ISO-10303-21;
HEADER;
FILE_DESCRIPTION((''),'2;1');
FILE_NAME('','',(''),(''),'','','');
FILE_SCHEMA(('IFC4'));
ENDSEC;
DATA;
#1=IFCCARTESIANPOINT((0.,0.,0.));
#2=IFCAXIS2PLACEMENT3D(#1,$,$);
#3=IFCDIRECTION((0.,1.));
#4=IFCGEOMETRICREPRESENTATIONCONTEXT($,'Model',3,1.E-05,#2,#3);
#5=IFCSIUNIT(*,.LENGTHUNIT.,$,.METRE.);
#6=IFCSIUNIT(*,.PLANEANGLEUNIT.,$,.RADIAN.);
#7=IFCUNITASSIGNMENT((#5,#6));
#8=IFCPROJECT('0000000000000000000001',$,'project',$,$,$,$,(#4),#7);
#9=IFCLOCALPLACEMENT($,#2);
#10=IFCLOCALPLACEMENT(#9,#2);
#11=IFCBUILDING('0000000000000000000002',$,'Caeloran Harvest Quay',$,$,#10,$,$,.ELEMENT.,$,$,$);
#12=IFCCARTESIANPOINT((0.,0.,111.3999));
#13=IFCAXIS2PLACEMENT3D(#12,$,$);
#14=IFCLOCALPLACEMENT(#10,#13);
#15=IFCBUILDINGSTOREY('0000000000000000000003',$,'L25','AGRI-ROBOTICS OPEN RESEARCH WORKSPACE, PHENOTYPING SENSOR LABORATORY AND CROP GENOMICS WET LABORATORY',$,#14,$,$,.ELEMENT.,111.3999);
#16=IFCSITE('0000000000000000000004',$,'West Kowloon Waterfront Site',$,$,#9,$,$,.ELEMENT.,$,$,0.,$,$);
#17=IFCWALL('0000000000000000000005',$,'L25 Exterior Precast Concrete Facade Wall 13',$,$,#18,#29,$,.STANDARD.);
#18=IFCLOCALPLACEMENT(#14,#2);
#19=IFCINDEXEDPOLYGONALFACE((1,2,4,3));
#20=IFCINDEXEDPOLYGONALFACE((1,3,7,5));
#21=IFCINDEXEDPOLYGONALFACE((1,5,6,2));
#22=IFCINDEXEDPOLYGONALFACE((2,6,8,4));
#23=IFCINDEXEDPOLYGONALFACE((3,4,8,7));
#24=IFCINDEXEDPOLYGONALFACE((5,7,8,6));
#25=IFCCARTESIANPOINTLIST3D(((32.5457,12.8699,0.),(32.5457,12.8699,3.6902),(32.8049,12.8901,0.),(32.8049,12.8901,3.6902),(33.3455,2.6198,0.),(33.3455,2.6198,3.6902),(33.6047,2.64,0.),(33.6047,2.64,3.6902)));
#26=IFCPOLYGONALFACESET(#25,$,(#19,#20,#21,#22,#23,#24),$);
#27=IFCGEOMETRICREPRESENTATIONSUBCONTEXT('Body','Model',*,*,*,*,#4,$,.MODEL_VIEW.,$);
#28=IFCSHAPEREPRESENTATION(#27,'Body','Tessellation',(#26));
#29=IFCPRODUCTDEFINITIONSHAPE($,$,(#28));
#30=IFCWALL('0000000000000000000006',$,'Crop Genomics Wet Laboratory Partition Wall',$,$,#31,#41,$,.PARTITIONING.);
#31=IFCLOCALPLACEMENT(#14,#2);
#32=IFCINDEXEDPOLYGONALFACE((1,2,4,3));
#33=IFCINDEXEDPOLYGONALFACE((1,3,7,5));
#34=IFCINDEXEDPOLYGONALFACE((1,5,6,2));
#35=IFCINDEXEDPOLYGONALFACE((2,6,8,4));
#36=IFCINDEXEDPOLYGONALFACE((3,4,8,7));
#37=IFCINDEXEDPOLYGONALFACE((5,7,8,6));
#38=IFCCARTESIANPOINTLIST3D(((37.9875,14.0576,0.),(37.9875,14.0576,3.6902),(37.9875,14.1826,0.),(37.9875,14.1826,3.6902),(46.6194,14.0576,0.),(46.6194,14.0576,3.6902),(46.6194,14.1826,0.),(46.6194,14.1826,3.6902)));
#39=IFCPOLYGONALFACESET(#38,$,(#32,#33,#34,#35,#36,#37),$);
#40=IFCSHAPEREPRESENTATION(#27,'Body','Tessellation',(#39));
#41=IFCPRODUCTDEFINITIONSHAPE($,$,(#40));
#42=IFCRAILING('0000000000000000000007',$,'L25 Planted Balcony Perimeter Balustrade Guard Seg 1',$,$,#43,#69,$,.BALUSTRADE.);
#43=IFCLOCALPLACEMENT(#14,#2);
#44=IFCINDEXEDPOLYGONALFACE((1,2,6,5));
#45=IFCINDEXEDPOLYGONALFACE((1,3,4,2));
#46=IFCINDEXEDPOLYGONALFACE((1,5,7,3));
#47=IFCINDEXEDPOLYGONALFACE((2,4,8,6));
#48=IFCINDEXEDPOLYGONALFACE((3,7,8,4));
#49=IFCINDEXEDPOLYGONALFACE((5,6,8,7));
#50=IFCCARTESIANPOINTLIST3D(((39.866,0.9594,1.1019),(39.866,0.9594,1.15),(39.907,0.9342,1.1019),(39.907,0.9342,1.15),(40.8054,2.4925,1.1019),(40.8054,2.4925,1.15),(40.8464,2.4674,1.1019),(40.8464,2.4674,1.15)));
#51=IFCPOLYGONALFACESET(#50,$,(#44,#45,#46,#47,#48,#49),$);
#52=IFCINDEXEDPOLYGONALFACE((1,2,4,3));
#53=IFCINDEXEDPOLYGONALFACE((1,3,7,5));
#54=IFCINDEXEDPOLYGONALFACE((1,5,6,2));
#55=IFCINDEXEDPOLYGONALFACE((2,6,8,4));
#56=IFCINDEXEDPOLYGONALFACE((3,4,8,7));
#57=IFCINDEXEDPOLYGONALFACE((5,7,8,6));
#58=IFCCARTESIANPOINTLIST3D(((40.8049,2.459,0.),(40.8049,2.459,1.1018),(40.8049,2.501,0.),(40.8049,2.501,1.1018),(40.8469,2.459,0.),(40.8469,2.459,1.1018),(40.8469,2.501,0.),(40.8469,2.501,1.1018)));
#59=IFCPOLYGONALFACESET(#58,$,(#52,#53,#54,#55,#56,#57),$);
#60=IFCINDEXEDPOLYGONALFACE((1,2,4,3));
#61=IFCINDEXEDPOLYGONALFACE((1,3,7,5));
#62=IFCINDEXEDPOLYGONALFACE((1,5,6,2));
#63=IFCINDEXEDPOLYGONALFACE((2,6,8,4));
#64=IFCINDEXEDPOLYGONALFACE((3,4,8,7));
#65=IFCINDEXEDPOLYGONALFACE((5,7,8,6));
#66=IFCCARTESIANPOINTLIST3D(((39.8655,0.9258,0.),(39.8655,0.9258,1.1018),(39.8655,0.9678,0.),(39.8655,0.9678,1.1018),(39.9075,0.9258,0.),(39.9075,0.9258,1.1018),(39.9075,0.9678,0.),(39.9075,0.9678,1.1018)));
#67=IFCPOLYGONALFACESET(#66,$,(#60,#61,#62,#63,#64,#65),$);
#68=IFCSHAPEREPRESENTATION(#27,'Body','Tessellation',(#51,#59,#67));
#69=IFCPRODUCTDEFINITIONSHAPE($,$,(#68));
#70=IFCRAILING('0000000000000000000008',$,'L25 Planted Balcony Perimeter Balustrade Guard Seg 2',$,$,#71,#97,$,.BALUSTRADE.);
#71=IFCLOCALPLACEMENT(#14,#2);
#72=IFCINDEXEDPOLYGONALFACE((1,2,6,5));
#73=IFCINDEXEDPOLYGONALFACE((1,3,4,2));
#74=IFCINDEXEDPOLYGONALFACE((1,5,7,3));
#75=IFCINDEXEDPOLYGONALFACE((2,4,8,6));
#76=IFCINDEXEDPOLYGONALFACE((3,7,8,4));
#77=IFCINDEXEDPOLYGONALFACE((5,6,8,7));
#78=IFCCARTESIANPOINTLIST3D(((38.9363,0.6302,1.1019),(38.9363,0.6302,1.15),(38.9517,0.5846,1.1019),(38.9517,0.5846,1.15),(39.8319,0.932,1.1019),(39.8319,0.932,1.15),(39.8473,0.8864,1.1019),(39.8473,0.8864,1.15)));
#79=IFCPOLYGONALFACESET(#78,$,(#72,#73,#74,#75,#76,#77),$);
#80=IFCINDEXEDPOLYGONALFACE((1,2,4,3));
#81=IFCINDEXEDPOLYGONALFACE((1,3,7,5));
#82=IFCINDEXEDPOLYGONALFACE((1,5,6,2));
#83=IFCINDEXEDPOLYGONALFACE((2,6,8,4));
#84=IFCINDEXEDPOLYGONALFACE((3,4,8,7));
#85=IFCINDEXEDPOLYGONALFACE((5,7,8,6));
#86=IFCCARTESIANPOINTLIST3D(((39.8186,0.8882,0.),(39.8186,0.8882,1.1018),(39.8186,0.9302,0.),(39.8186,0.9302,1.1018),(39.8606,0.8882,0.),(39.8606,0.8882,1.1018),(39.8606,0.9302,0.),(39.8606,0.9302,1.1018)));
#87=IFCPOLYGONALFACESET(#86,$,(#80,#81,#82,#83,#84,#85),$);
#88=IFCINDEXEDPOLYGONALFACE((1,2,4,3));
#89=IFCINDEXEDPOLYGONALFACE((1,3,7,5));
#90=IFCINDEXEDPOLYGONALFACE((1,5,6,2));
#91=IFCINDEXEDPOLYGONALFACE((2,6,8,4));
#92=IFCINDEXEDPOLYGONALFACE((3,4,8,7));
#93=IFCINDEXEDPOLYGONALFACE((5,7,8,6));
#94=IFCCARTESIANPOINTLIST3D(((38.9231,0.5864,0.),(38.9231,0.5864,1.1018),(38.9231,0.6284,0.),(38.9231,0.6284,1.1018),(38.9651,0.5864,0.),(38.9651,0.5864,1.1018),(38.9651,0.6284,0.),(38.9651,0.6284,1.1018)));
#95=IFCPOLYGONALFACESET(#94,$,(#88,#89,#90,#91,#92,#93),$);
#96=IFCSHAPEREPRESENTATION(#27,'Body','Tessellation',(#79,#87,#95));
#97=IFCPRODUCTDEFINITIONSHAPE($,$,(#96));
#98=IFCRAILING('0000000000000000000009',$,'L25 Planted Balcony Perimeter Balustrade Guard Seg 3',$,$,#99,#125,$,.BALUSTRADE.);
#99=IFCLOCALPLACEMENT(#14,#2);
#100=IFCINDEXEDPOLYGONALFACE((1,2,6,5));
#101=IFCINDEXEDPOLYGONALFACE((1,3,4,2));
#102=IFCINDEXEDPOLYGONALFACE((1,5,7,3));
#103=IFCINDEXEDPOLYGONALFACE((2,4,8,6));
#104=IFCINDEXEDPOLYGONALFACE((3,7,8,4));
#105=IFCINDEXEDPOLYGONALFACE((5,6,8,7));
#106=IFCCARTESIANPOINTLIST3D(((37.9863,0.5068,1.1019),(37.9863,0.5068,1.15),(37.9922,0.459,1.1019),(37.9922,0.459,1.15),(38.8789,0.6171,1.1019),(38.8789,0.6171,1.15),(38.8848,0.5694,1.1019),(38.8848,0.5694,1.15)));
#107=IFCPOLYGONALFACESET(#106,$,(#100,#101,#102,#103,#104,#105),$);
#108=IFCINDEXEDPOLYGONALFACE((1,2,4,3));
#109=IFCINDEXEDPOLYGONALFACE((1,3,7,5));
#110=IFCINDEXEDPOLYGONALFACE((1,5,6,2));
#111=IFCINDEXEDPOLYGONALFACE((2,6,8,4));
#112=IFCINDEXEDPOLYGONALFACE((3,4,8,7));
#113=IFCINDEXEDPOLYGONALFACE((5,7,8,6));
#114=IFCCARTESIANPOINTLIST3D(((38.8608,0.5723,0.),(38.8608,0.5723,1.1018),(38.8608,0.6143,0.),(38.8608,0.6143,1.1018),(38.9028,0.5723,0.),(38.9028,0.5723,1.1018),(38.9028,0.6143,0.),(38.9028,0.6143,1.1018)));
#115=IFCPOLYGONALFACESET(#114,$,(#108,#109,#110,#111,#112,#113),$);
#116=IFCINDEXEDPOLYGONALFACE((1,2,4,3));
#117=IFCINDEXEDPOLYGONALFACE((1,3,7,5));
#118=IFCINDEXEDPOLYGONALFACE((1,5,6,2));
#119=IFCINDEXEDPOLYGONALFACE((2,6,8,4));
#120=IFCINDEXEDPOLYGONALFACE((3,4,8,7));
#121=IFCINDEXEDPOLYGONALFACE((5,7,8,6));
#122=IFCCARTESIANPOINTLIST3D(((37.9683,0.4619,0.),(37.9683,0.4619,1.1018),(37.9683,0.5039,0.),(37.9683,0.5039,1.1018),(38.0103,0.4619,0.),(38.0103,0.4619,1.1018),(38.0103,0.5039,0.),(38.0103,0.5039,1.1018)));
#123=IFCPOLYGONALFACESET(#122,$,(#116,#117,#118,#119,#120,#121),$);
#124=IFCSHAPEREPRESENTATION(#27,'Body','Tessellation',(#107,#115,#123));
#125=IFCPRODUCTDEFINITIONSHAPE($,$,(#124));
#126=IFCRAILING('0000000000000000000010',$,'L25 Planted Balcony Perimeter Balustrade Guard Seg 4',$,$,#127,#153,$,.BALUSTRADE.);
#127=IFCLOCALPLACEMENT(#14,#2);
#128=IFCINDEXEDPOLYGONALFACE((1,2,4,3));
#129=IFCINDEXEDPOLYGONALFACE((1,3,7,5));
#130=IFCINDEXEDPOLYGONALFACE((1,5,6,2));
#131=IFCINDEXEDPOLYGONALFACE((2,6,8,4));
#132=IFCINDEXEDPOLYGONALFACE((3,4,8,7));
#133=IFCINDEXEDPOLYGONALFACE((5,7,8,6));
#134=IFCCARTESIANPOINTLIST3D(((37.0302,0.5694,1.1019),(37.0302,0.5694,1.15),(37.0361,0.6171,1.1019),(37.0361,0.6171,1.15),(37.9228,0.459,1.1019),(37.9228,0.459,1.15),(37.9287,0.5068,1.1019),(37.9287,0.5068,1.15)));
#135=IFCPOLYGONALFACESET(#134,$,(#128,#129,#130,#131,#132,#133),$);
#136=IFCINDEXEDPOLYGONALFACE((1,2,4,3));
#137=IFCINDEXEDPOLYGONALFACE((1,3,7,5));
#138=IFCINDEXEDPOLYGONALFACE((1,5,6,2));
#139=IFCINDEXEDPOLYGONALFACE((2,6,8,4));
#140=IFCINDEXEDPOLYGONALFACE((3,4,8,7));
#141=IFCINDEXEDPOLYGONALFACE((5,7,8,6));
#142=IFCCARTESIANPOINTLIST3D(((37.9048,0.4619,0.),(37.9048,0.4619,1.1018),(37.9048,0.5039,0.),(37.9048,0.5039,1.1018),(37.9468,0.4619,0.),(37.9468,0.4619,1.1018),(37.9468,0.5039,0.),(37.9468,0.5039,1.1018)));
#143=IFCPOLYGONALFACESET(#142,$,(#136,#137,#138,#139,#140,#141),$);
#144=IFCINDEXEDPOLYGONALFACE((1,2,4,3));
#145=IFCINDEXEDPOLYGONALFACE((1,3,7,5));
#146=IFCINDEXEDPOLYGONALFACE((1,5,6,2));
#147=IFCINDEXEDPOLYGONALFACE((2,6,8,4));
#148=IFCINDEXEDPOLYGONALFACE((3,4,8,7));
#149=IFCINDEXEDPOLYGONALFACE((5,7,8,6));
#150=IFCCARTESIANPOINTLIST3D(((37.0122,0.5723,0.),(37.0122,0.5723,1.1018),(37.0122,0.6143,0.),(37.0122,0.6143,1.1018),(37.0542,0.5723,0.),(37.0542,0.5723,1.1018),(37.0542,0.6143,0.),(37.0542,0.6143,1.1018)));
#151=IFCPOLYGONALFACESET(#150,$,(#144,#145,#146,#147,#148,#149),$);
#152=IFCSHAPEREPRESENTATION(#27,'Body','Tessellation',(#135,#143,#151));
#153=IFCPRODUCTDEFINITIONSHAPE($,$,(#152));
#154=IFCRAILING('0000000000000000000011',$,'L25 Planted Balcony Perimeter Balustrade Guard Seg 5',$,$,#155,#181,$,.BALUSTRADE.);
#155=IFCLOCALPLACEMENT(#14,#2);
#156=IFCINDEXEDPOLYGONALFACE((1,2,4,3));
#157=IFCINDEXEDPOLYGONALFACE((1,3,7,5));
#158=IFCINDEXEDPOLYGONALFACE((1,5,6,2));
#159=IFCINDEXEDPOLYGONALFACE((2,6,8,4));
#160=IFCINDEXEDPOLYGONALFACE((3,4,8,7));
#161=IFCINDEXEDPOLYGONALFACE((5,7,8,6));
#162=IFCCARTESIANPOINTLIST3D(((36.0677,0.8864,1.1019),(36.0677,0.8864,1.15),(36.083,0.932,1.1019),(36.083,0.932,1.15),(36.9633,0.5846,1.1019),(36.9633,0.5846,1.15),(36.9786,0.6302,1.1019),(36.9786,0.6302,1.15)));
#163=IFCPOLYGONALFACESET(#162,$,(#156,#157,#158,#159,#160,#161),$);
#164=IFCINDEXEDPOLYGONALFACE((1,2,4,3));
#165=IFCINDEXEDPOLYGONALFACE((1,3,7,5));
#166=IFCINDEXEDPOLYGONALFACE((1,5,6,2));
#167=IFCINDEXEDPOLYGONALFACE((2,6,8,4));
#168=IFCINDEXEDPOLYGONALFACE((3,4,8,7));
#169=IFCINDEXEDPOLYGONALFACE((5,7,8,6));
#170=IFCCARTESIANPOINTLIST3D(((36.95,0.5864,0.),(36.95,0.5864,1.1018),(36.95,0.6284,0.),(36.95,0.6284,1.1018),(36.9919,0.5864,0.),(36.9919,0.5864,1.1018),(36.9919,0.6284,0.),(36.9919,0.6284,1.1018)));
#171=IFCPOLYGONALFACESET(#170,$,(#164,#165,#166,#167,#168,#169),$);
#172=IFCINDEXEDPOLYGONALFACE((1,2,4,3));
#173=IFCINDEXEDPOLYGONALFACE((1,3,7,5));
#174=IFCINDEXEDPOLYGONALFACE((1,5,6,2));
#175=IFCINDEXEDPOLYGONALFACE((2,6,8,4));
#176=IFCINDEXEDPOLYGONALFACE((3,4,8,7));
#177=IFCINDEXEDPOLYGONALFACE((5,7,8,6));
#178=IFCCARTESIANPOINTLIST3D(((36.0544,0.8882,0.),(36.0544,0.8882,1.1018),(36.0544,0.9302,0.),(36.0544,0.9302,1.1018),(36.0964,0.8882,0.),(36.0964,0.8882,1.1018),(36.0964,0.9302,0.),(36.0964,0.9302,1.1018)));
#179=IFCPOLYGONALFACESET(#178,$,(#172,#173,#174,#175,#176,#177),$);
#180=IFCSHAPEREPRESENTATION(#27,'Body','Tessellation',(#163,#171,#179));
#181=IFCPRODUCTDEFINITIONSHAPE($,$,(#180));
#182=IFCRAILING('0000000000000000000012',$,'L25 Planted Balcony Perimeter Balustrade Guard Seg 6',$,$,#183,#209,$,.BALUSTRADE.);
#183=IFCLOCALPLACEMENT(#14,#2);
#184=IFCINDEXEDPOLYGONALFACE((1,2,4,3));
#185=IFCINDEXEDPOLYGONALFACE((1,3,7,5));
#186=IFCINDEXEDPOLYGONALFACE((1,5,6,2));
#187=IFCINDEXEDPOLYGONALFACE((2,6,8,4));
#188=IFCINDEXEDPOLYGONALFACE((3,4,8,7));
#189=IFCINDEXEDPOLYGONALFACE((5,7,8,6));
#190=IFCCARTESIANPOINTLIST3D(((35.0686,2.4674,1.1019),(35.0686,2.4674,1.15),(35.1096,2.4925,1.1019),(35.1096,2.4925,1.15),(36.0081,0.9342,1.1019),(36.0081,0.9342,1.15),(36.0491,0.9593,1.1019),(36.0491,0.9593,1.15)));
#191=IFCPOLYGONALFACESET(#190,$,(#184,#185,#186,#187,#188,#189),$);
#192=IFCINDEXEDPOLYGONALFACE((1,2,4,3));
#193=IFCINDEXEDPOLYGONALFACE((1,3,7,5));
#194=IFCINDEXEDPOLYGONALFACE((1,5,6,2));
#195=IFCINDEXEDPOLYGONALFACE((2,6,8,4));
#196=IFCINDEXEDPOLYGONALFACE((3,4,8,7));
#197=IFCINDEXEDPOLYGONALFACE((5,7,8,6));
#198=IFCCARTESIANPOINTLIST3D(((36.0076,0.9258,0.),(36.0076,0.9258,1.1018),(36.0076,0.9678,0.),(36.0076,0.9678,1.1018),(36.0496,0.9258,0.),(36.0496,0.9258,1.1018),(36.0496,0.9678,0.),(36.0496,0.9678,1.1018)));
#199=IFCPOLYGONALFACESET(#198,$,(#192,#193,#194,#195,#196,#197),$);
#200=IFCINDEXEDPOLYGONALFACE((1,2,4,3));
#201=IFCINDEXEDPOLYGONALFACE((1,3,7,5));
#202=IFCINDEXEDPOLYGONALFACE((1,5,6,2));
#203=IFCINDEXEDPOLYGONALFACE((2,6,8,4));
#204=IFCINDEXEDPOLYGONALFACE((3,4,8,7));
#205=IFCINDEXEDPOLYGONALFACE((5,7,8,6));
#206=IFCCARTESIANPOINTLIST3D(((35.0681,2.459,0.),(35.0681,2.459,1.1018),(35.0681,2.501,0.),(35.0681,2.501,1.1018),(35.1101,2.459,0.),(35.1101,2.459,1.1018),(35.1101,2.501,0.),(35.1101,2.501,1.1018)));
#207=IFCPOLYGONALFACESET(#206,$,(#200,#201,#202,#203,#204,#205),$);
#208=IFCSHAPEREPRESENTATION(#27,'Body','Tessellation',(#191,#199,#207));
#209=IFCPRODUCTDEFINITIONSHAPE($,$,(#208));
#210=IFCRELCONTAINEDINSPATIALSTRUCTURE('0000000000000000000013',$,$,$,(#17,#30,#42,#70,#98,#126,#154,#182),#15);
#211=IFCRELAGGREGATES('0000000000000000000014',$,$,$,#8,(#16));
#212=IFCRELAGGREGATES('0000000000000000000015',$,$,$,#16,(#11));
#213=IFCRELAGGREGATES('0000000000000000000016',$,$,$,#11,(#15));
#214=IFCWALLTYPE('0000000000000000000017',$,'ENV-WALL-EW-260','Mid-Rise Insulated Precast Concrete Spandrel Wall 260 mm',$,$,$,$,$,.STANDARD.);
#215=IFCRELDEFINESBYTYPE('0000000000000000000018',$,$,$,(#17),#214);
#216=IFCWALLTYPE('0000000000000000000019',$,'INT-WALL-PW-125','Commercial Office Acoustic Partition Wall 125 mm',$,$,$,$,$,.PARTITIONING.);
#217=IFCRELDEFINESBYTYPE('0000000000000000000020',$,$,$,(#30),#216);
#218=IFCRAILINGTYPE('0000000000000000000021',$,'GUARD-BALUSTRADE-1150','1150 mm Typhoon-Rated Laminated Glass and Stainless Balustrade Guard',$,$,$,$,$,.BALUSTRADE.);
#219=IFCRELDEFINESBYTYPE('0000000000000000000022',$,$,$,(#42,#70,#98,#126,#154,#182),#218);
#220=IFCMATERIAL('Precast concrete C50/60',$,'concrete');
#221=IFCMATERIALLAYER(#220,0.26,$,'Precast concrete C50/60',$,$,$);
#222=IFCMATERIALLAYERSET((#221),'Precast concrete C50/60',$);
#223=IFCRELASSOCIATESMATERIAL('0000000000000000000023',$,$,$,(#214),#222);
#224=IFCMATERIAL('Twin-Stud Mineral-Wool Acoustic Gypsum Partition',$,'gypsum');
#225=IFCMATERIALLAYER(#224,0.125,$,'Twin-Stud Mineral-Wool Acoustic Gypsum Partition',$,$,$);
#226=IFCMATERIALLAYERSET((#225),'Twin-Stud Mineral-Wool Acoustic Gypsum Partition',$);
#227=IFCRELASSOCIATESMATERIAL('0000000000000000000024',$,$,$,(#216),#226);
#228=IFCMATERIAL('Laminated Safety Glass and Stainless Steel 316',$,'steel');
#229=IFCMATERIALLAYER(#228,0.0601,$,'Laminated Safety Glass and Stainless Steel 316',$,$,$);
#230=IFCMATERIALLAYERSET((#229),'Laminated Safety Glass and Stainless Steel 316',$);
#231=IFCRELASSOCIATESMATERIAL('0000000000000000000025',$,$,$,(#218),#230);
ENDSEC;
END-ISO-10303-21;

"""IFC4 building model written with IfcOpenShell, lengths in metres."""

from ifc_helpers import new_model, si_unit, direction, frame, frame_2d, origin, origin_2d, place, context, subcontext, project, spatial, rectangle, extrude, material, layer, layer_set, type_object, element, save


model = new_model("IFC4")

# Units and contexts
model_context = context("Model", 3, precision=1e-05, world=origin(), true_north=direction((0.0, 1.0)))
body_context = subcontext(model_context, "Body", "Model", "MODEL_VIEW")
ifc_project = project(units=[si_unit("LENGTHUNIT", "METRE"), si_unit("PLANEANGLEUNIT", "RADIAN")], contexts=[model_context])

# Site, building, storey
site_placement = place(None, origin())
site = spatial("IfcSite", under=ifc_project, at=site_placement, Name="West Kowloon Waterfront Site", CompositionType="ELEMENT", RefElevation=0.0)
building_placement = place(site_placement, origin())
building = spatial("IfcBuilding", under=site, at=building_placement, Name="Caeloran Harvest Quay", CompositionType="ELEMENT")
storey_placement = place(building_placement, frame((0.0, 0.0, 111.3999)))
storey = spatial("IfcBuildingStorey", under=building, at=storey_placement, Name="L25", Description="AGRI-ROBOTICS OPEN RESEARCH WORKSPACE, PHENOTYPING SENSOR LABORATORY AND CROP GENOMICS WET LABORATORY", CompositionType="ELEMENT", Elevation=111.3999)

# Shared definitions
ifc_material_1 = material(Name="Precast concrete C50/60", Category="concrete")

# Shared definitions
ifc_layer_1 = layer(ifc_material_1, 0.26, Name="Precast concrete C50/60")
ifc_layer_set_1 = layer_set([ifc_layer_1], Name="Precast concrete C50/60")
wall_type_1 = type_object("IfcWallType", Name="ENV-WALL-EW-260", Description="Mid-Rise Insulated Precast Concrete Spandrel Wall 260 mm", PredefinedType="STANDARD", material=ifc_layer_set_1)

# Walls
wall_1_placement = place(storey_placement, frame((33.4751, 2.6299, 0.0), z_axis=(0.0, 0.0, 1.0), x_axis=(-0.077793, 0.99697, 0.0)))
element("IfcWall", 1, at=wall_1_placement, inside=storey, type_object=wall_type_1, Name="L25 Exterior Precast Concrete Facade Wall 13", PredefinedType="STANDARD", context=body_context, shape_type="SweptSolid", body=[
    extrude(rectangle(XDim=10.2812, YDim=0.26, at=frame_2d((5.1406, 0.0))), origin(), (0.0, 0.0, 1.0), 3.6902),
])
ifc_material_2 = material(Name="Twin-Stud Mineral-Wool Acoustic Gypsum Partition", Category="gypsum")
ifc_layer_2 = layer(ifc_material_2, 0.125, Name="Twin-Stud Mineral-Wool Acoustic Gypsum Partition")
ifc_layer_set_2 = layer_set([ifc_layer_2], Name="Twin-Stud Mineral-Wool Acoustic Gypsum Partition")
wall_type_2 = type_object("IfcWallType", Name="INT-WALL-PW-125", Description="Commercial Office Acoustic Partition Wall 125 mm", PredefinedType="PARTITIONING", material=ifc_layer_set_2)
wall_2_placement = place(storey_placement, frame((37.9875, 14.1201, 0.0), z_axis=(0.0, 0.0, 1.0), x_axis=(1.0, 0.0, 0.0)))
element("IfcWall", 2, at=wall_2_placement, inside=storey, type_object=wall_type_2, Name="Crop Genomics Wet Laboratory Partition Wall", PredefinedType="PARTITIONING", context=body_context, shape_type="SweptSolid", body=[
    extrude(rectangle(XDim=8.6318, YDim=0.125, at=frame_2d((4.3159, 0.0))), origin(), (0.0, 0.0, 1.0), 3.6902),
])

# Railings
ifc_material_3 = material(Name="Laminated Safety Glass and Stainless Steel 316", Category="steel")
ifc_layer_3 = layer(ifc_material_3, 0.0601, Name="Laminated Safety Glass and Stainless Steel 316")
ifc_layer_set_3 = layer_set([ifc_layer_3], Name="Laminated Safety Glass and Stainless Steel 316")
railing_type = type_object("IfcRailingType", Name="GUARD-BALUSTRADE-1150", Description="1150 mm Typhoon-Rated Laminated Glass and Stainless Balustrade Guard", PredefinedType="BALUSTRADE", material=ifc_layer_set_3)
railing_1_placement = place(storey_placement, frame((40.8259, 2.48, 0.0)))
element("IfcRailing", 3, at=railing_1_placement, inside=storey, type_object=railing_type, Name="L25 Planted Balcony Perimeter Balustrade Guard Seg 1", PredefinedType="BALUSTRADE", context=body_context, shape_type="SweptSolid", body=[
    extrude(rectangle(XDim=0.0481, YDim=0.0481, at=origin_2d()), frame((0.0, 0.0, 1.126), z_axis=(-0.52246, -0.852664, 0.0), x_axis=(0.852664, -0.52246, 0.0)), (0.0, 0.0, 1.0), 1.7981),
    extrude(rectangle(XDim=0.042, YDim=0.042, at=origin_2d()), origin(), (0.0, 0.0, 1.0), 1.1018),
    extrude(rectangle(XDim=0.042, YDim=0.042, at=origin_2d()), frame((-0.9395, -1.5332, 0.0)), (0.0, 0.0, 1.0), 1.1018),
])
railing_2_placement = place(storey_placement, frame((39.8396, 0.9092, 0.0)))
element("IfcRailing", 4, at=railing_2_placement, inside=storey, type_object=railing_type, Name="L25 Planted Balcony Perimeter Balustrade Guard Seg 2", PredefinedType="BALUSTRADE", context=body_context, shape_type="SweptSolid", body=[
    extrude(rectangle(XDim=0.0481, YDim=0.0481, at=origin_2d()), frame((0.0, 0.0, 1.126), z_axis=(-0.947645, -0.319326, 0.0), x_axis=(0.319326, -0.947645, 0.0)), (0.0, 0.0, 1.0), 0.9451),
    extrude(rectangle(XDim=0.042, YDim=0.042, at=origin_2d()), origin(), (0.0, 0.0, 1.0), 1.1018),
    extrude(rectangle(XDim=0.042, YDim=0.042, at=origin_2d()), frame((-0.8955, -0.3018, 0.0)), (0.0, 0.0, 1.0), 1.1018),
])
railing_3_placement = place(storey_placement, frame((38.8818, 0.5933, 0.0)))
element("IfcRailing", 5, at=railing_3_placement, inside=storey, type_object=railing_type, Name="L25 Planted Balcony Perimeter Balustrade Guard Seg 3", PredefinedType="BALUSTRADE", context=body_context, shape_type="SweptSolid", body=[
    extrude(rectangle(XDim=0.0481, YDim=0.0481, at=origin_2d()), frame((0.0, 0.0, 1.126), z_axis=(-0.992444, -0.122698, 0.0), x_axis=(0.122698, -0.992444, 0.0)), (0.0, 0.0, 1.0), 0.8994),
    extrude(rectangle(XDim=0.042, YDim=0.042, at=origin_2d()), origin(), (0.0, 0.0, 1.0), 1.1018),
    extrude(rectangle(XDim=0.042, YDim=0.042, at=origin_2d()), frame((-0.8926, -0.1104, 0.0)), (0.0, 0.0, 1.0), 1.1018),
])
railing_4_placement = place(storey_placement, frame((37.9258, 0.4829, 0.0)))
element("IfcRailing", 6, at=railing_4_placement, inside=storey, type_object=railing_type, Name="L25 Planted Balcony Perimeter Balustrade Guard Seg 4", PredefinedType="BALUSTRADE", context=body_context, shape_type="SweptSolid", body=[
    extrude(rectangle(XDim=0.0481, YDim=0.0481, at=origin_2d()), frame((0.0, 0.0, 1.126), z_axis=(-0.992444, 0.122698, 0.0), x_axis=(-0.122698, -0.992444, 0.0)), (0.0, 0.0, 1.0), 0.8994),
    extrude(rectangle(XDim=0.042, YDim=0.042, at=origin_2d()), origin(), (0.0, 0.0, 1.0), 1.1018),
    extrude(rectangle(XDim=0.042, YDim=0.042, at=origin_2d()), frame((-0.8926, 0.1104, 0.0)), (0.0, 0.0, 1.0), 1.1018),
])
railing_5_placement = place(storey_placement, frame((36.9709, 0.6074, 0.0)))
element("IfcRailing", 7, at=railing_5_placement, inside=storey, type_object=railing_type, Name="L25 Planted Balcony Perimeter Balustrade Guard Seg 5", PredefinedType="BALUSTRADE", context=body_context, shape_type="SweptSolid", body=[
    extrude(rectangle(XDim=0.0481, YDim=0.0481, at=origin_2d()), frame((0.0, 0.0, 1.126), z_axis=(-0.947645, 0.319326, 0.0), x_axis=(-0.319326, -0.947645, 0.0)), (0.0, 0.0, 1.0), 0.9451),
    extrude(rectangle(XDim=0.042, YDim=0.042, at=origin_2d()), origin(), (0.0, 0.0, 1.0), 1.1018),
    extrude(rectangle(XDim=0.042, YDim=0.042, at=origin_2d()), frame((-0.8955, 0.3018, 0.0)), (0.0, 0.0, 1.0), 1.1018),
])
railing_6_placement = place(storey_placement, frame((36.0286, 0.9468, 0.0)))
element("IfcRailing", 8, at=railing_6_placement, inside=storey, type_object=railing_type, Name="L25 Planted Balcony Perimeter Balustrade Guard Seg 6", PredefinedType="BALUSTRADE", context=body_context, shape_type="SweptSolid", body=[
    extrude(rectangle(XDim=0.0481, YDim=0.0481, at=origin_2d()), frame((0.0, 0.0, 1.126), z_axis=(-0.52246, 0.852664, 0.0), x_axis=(-0.852664, -0.52246, 0.0)), (0.0, 0.0, 1.0), 1.7981),
    extrude(rectangle(XDim=0.042, YDim=0.042, at=origin_2d()), origin(), (0.0, 0.0, 1.0), 1.1018),
    extrude(rectangle(XDim=0.042, YDim=0.042, at=origin_2d()), frame((-0.9395, 1.5332, 0.0)), (0.0, 0.0, 1.0), 1.1018),
])

save(model, "model.ifc")
